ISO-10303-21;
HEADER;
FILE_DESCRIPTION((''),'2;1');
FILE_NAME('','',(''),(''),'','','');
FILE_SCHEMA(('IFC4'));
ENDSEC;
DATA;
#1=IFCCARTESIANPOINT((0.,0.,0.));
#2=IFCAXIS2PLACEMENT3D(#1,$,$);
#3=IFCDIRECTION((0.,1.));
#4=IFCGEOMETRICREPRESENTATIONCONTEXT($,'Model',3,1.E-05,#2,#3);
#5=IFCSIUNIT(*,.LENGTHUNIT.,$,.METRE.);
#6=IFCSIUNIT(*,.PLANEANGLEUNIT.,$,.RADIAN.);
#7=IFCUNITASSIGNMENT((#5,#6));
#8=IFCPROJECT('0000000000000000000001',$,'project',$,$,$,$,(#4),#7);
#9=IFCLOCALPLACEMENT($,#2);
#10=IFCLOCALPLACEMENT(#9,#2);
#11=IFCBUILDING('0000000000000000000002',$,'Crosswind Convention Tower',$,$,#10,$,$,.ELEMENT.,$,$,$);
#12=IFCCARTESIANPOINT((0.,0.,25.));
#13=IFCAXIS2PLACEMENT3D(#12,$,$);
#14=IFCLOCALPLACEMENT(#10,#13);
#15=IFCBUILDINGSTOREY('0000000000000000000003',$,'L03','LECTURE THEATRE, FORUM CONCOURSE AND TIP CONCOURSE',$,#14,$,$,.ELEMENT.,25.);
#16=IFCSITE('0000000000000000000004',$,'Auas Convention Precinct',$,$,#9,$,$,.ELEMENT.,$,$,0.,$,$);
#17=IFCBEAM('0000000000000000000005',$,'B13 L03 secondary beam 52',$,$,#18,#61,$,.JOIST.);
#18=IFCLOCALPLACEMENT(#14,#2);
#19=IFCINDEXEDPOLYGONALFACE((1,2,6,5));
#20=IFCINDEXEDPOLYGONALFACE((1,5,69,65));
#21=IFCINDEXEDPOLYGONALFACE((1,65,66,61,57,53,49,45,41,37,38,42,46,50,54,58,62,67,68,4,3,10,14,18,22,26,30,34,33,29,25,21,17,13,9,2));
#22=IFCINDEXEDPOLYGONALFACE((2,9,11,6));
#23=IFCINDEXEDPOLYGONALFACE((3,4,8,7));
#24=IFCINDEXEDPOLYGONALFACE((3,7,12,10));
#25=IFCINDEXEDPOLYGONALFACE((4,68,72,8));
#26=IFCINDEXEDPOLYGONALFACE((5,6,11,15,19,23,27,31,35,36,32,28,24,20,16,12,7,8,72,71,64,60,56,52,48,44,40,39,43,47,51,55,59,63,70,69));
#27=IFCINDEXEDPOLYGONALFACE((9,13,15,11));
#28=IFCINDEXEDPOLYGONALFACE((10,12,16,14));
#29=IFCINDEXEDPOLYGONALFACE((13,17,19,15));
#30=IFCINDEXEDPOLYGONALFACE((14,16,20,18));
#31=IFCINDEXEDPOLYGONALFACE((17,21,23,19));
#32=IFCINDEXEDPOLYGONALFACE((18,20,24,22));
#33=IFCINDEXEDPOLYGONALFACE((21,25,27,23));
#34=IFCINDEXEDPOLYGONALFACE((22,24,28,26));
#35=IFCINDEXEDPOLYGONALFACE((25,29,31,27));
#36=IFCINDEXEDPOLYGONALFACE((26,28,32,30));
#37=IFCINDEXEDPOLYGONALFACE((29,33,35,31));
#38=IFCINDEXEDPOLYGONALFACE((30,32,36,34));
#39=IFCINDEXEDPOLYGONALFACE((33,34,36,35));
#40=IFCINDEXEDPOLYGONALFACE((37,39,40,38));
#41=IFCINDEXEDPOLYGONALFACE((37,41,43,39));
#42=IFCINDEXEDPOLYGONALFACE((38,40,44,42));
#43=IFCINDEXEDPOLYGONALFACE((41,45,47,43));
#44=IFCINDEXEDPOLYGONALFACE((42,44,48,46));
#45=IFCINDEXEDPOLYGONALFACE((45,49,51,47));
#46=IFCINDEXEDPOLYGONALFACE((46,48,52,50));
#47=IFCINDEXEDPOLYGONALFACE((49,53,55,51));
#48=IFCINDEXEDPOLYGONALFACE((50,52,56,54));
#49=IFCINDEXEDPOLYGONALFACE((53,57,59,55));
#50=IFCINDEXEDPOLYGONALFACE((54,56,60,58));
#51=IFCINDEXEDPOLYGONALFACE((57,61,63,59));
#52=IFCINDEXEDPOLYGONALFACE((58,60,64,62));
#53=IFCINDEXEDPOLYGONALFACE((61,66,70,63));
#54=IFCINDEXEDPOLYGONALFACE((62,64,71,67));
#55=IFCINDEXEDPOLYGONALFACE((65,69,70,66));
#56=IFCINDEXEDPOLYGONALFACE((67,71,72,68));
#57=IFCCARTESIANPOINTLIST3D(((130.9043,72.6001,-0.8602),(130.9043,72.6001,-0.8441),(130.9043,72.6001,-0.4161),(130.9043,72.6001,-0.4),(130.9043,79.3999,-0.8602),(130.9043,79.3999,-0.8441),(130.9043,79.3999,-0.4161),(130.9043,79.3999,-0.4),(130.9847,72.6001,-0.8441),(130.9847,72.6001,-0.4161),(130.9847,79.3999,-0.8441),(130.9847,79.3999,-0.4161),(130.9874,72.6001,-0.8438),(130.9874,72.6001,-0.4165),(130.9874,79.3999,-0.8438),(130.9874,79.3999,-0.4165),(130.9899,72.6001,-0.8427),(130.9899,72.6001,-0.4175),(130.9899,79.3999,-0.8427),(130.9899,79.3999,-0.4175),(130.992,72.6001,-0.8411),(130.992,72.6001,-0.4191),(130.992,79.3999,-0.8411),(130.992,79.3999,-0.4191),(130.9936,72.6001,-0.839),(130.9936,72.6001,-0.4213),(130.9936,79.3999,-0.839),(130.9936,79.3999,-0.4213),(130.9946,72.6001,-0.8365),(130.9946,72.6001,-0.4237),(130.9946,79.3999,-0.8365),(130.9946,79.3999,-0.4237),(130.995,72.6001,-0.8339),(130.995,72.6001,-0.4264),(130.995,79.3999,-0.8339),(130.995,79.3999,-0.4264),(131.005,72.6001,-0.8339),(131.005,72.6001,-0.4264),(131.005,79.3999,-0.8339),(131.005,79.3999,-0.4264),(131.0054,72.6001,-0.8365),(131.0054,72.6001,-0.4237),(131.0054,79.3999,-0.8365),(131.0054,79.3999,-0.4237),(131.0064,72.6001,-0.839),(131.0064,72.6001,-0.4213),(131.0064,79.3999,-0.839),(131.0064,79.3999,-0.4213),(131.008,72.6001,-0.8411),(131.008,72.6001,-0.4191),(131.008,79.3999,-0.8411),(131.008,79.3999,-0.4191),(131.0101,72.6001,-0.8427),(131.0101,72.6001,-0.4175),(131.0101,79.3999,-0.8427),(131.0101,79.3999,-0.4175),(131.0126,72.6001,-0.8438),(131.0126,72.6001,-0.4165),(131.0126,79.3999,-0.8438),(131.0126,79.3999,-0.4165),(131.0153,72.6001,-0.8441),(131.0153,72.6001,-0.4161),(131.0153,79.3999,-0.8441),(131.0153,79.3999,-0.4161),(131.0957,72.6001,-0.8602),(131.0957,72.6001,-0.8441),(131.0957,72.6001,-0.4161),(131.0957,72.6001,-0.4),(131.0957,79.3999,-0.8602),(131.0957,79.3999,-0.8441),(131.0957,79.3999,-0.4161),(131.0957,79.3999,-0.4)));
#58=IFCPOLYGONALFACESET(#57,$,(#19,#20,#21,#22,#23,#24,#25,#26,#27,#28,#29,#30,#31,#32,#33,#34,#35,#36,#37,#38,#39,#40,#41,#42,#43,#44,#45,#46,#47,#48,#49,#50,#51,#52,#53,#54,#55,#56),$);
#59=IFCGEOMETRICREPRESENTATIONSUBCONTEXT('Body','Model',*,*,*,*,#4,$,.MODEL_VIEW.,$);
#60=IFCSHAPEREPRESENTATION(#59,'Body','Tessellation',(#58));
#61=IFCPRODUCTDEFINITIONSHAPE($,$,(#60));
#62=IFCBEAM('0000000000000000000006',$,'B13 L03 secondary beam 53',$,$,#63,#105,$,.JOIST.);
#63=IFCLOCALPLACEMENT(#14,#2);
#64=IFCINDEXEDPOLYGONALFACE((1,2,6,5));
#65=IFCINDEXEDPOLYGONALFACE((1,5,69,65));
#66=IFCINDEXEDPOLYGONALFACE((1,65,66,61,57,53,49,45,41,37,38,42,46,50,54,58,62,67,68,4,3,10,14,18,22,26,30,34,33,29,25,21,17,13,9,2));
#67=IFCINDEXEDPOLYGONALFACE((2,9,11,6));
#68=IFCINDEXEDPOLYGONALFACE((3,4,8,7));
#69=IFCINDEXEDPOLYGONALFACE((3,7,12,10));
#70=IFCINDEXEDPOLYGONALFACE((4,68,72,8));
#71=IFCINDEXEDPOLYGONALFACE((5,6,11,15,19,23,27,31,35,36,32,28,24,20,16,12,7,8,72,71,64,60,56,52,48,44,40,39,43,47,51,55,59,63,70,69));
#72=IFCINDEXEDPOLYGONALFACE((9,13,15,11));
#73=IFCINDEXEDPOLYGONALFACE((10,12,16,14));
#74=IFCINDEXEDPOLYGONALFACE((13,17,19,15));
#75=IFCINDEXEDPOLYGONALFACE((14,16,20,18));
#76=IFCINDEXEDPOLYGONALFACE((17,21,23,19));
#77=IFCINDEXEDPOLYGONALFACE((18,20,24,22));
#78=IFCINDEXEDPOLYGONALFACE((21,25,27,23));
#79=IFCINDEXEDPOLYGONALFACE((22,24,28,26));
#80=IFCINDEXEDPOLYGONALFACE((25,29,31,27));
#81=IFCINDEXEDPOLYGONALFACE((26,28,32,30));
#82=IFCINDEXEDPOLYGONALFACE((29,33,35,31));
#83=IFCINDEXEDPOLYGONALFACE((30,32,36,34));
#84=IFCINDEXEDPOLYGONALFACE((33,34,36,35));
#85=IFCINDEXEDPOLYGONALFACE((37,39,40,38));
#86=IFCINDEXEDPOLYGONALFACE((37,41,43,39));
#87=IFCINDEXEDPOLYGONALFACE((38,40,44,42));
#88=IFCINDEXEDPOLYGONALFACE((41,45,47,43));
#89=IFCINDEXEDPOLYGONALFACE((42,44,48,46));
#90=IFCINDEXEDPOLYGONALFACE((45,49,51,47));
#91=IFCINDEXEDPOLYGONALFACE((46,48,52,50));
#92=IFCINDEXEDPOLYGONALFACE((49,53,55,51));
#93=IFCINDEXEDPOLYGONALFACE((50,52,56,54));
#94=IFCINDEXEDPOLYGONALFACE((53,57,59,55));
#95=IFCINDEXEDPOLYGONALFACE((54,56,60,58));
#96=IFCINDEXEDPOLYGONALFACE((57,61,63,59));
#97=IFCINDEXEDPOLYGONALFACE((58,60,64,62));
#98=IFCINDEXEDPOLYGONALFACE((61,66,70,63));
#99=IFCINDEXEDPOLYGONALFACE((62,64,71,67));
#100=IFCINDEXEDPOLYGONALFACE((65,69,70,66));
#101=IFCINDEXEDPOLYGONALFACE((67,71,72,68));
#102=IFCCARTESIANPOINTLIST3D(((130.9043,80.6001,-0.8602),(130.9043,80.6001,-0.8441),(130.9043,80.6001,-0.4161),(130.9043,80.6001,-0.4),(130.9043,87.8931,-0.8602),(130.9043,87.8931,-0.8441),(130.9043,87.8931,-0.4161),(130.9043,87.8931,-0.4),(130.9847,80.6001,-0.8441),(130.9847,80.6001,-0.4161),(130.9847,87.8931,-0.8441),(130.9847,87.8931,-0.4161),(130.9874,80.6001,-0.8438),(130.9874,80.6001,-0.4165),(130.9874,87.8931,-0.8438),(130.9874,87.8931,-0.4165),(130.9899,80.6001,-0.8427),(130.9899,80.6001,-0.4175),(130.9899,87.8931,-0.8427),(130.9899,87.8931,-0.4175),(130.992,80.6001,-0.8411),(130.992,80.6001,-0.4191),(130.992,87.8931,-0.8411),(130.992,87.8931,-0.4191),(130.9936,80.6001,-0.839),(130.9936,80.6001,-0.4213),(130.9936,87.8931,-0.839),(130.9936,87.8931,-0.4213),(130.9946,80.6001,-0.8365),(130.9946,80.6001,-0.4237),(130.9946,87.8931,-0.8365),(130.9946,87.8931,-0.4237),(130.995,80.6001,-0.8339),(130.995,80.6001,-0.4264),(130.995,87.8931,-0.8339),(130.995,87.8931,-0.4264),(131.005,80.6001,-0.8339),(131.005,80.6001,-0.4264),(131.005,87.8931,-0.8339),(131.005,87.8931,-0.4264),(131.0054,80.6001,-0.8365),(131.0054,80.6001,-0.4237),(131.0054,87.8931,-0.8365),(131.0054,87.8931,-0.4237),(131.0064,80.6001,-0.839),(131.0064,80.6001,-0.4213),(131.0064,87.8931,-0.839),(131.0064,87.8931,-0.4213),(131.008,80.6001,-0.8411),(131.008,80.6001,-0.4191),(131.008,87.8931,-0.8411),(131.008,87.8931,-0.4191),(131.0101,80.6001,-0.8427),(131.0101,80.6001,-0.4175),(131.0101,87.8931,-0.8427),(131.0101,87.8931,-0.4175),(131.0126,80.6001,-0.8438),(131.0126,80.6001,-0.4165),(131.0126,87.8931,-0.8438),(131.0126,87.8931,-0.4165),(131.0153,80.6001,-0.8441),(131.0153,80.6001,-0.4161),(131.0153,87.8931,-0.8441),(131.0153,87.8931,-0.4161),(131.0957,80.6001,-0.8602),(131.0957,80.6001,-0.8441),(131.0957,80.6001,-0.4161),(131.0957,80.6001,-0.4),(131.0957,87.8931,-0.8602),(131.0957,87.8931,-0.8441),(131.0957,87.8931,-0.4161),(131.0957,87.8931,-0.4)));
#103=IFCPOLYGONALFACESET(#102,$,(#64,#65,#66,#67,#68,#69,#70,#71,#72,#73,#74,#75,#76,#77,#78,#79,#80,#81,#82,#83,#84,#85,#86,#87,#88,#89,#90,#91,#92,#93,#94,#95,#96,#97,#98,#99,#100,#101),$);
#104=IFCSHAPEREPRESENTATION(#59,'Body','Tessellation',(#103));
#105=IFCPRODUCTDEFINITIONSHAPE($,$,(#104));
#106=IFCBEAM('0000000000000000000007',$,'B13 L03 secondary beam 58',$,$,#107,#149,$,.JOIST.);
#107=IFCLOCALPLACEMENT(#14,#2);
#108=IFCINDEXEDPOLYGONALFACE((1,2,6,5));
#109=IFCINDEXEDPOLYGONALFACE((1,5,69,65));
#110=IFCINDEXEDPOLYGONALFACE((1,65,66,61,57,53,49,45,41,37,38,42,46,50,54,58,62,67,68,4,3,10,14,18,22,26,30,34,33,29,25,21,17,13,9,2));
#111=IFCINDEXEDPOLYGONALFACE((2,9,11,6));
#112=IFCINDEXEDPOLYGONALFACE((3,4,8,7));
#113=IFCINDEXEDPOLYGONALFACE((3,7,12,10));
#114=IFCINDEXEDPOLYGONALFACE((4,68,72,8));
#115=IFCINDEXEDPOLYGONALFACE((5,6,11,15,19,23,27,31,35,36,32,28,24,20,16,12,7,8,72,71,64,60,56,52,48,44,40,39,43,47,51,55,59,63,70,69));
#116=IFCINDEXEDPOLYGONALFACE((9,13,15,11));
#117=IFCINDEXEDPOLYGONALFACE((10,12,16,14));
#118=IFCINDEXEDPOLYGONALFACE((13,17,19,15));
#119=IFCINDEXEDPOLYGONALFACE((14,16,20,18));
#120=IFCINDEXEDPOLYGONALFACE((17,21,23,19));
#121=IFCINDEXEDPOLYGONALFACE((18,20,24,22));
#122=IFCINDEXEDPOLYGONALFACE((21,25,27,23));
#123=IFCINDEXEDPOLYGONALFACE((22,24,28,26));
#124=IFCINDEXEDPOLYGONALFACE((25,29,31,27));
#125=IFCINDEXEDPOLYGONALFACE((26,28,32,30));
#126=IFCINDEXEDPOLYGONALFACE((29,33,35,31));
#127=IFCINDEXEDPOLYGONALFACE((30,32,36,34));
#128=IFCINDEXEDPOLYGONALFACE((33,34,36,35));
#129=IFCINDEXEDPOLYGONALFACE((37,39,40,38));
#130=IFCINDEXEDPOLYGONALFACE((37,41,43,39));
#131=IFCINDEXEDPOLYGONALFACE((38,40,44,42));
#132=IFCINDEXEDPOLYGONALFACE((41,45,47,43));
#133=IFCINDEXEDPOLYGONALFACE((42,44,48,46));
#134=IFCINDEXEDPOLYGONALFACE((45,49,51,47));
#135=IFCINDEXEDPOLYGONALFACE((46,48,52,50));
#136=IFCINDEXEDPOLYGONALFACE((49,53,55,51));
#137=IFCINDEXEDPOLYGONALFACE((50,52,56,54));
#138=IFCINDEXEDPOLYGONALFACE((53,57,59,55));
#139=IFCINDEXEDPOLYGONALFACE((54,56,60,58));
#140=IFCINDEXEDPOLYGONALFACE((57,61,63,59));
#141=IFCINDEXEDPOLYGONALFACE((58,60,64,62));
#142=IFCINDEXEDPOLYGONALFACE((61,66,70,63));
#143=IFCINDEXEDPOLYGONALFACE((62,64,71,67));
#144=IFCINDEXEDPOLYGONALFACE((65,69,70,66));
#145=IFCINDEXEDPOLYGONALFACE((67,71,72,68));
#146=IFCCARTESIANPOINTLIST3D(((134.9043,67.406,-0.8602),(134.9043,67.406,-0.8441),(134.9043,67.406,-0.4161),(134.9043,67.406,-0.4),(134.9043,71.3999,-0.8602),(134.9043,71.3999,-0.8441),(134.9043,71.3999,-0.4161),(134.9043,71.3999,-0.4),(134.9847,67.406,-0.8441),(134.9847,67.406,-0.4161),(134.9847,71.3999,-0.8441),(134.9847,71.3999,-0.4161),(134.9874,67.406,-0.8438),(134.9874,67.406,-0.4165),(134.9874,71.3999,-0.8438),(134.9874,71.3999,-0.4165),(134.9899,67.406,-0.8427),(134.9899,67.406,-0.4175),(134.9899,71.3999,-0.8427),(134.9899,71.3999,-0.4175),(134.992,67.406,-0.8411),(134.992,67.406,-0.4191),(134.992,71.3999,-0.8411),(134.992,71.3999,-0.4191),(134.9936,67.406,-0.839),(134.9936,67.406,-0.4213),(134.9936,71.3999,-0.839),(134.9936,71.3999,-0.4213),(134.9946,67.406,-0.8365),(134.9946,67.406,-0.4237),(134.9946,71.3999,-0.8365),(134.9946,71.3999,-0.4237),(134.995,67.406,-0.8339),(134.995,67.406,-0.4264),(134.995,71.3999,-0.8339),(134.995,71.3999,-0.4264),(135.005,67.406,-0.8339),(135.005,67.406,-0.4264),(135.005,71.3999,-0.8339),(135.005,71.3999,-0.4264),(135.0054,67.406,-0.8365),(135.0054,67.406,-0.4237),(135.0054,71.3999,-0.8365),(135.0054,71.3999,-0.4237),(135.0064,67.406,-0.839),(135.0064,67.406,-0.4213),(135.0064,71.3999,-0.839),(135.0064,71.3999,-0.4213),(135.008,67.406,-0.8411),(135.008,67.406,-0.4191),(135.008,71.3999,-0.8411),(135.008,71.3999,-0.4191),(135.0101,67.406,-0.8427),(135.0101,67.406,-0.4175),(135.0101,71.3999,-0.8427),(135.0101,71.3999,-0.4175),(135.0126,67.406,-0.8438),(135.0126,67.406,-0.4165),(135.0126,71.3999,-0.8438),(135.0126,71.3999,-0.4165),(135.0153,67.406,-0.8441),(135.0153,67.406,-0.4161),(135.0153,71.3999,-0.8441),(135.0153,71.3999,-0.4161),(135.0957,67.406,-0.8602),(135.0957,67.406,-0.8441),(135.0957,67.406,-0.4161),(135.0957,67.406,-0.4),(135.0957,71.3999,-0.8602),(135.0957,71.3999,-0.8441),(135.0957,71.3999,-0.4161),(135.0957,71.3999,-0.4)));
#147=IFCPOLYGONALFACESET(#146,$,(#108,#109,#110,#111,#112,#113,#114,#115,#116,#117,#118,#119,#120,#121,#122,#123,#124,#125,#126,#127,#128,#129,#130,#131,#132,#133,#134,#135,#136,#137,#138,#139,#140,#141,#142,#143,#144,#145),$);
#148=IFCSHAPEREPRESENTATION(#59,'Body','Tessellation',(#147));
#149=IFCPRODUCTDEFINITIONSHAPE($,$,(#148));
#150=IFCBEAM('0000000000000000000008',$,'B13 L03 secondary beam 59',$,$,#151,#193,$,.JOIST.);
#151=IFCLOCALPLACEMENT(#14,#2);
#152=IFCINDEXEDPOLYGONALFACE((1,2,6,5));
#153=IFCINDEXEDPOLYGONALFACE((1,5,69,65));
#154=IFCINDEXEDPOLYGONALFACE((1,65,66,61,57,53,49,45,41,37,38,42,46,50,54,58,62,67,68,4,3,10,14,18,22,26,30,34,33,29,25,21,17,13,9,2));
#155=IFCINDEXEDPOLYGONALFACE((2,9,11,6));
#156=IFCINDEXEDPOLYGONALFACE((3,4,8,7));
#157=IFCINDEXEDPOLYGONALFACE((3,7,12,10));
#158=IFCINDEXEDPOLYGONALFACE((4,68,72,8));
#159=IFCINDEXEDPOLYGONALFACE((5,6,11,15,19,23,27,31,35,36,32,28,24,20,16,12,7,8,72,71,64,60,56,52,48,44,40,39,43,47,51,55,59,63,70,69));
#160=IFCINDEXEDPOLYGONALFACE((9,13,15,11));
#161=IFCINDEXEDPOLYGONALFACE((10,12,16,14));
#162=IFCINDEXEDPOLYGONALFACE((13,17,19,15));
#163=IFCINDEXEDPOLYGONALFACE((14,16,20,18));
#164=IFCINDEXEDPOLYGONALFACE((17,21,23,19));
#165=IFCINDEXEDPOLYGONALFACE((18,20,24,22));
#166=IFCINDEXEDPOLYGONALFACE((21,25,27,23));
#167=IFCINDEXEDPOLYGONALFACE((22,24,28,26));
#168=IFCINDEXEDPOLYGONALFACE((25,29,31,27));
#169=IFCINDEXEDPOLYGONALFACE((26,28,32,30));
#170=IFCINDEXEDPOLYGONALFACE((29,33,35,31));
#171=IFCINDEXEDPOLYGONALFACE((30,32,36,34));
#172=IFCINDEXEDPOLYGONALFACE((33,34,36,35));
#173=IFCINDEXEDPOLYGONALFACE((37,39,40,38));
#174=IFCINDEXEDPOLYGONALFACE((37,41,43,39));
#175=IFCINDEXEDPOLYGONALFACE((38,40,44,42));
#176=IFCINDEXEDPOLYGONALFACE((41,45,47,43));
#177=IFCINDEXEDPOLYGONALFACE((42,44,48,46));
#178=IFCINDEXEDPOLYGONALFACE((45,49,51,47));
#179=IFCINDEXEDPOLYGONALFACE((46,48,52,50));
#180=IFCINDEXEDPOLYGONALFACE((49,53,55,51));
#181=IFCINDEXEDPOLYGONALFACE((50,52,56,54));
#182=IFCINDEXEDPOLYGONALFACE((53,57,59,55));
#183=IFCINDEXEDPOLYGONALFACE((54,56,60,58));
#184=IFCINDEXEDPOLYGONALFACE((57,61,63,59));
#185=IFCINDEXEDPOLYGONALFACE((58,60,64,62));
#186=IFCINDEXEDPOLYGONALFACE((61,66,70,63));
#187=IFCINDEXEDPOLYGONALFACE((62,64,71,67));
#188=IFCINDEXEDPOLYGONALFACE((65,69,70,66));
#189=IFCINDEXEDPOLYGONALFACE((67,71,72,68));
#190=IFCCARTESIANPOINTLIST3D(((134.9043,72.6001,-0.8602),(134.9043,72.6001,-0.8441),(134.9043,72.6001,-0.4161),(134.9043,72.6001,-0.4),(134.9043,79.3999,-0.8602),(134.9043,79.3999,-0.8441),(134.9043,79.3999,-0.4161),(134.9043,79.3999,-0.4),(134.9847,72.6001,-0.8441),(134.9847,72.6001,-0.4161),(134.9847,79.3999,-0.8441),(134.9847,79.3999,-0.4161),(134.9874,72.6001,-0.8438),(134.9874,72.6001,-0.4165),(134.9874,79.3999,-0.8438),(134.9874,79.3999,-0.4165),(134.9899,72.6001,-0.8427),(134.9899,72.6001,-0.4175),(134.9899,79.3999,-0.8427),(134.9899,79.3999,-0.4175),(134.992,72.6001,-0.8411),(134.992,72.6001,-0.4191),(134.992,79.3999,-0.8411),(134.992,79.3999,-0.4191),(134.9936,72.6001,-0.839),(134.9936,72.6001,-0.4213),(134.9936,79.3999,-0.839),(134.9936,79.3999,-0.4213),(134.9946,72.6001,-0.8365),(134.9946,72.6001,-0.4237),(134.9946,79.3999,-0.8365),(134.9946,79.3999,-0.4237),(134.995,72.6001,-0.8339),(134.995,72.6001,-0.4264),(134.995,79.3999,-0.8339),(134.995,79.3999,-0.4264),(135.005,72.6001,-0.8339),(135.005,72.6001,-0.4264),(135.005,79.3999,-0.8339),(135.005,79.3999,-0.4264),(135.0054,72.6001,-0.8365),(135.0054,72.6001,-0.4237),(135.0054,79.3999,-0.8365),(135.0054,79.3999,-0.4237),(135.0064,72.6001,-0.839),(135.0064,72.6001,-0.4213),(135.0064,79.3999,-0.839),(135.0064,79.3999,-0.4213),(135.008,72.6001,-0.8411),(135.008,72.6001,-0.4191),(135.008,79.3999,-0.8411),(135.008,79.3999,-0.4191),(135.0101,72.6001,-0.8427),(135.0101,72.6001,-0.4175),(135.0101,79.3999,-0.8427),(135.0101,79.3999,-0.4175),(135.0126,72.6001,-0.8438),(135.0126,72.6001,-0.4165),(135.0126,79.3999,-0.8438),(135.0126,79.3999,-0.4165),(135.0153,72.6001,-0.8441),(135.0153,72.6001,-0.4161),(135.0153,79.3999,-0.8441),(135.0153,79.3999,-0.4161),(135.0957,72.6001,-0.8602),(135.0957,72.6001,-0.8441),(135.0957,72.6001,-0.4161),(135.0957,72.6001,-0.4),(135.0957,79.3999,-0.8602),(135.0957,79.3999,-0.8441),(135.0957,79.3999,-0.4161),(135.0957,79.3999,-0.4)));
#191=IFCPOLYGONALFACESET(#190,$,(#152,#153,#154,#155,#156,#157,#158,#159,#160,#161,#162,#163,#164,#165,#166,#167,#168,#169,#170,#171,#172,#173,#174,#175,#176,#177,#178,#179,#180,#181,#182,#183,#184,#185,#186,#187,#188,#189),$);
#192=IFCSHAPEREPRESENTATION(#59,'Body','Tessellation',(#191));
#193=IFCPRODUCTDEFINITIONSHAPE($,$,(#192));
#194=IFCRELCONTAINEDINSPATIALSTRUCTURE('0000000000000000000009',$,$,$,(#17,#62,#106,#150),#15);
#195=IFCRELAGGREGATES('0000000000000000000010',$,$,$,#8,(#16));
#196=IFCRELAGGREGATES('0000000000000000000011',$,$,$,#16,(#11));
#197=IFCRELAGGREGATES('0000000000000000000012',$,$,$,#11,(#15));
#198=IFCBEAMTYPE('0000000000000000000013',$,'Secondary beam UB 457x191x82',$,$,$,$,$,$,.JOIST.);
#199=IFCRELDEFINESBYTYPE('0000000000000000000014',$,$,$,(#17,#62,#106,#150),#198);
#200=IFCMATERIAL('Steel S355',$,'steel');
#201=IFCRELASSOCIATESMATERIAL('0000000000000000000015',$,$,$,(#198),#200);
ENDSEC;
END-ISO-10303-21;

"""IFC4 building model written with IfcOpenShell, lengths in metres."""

from ifc_helpers import new_model, si_unit, direction, frame, origin, origin_2d, place, context, subcontext, project, spatial, i_section, extrude, material, material_profile, profile_set, type_object, element, save


model = new_model("IFC4")

# Units and contexts
model_context = context("Model", 3, precision=1e-05, world=origin(), true_north=direction((0.0, 1.0)))
body_context = subcontext(model_context, "Body", "Model", "MODEL_VIEW")
ifc_project = project(units=[si_unit("LENGTHUNIT", "METRE"), si_unit("PLANEANGLEUNIT", "RADIAN")], contexts=[model_context])

# Site, building, storey
site_placement = place(None, origin())
site = spatial("IfcSite", under=ifc_project, at=site_placement, Name="Auas Convention Precinct", CompositionType="ELEMENT", RefElevation=0.0)
building_placement = place(site_placement, origin())
building = spatial("IfcBuilding", under=site, at=building_placement, Name="Crosswind Convention Tower", CompositionType="ELEMENT")
storey_placement = place(building_placement, frame((0.0, 0.0, 25.0)))
storey = spatial("IfcBuildingStorey", under=building, at=storey_placement, Name="L03", Description="LECTURE THEATRE, FORUM CONCOURSE AND TIP CONCOURSE", CompositionType="ELEMENT", Elevation=25.0)

# Shared definitions
ifc_material_1 = material(Name="Steel S355", Category="steel")

# Beams
ifc_material_profile_1 = material_profile(ifc_material_1, i_section(OverallWidth=0.1914, OverallDepth=0.4602, WebThickness=0.01, FlangeThickness=0.0161, FilletRadius=0.0103, at=origin_2d()), Name="UB 457x191x82")
ifc_profile_set_1 = profile_set([ifc_material_profile_1], Name="Steel S355")
beam_type_1 = type_object("IfcBeamType", Name="Secondary beam UB 457x191x82", PredefinedType="JOIST", material=ifc_profile_set_1)
beam_1_placement = place(storey_placement, frame((131.0, 72.6001, -0.6301), z_axis=(0.0, 1.0, 0.0), x_axis=(-1.0, 0.0, 0.0)))
element("IfcBeam", 1, at=beam_1_placement, inside=storey, type_object=beam_type_1, Name="B13 L03 secondary beam 52", PredefinedType="JOIST", context=body_context, shape_type="SweptSolid", body=[
    extrude(i_section(OverallWidth=0.1914, OverallDepth=0.4602, WebThickness=0.01, FlangeThickness=0.0161, FilletRadius=0.0103, at=origin_2d()), origin(), (0.0, 0.0, 1.0), 6.7998),
])
beam_2_placement = place(storey_placement, frame((131.0, 80.6001, -0.6301), z_axis=(0.0, 1.0, 0.0), x_axis=(-1.0, 0.0, 0.0)))
element("IfcBeam", 2, at=beam_2_placement, inside=storey, type_object=beam_type_1, Name="B13 L03 secondary beam 53", PredefinedType="JOIST", context=body_context, shape_type="SweptSolid", body=[
    extrude(i_section(OverallWidth=0.1914, OverallDepth=0.4602, WebThickness=0.01, FlangeThickness=0.0161, FilletRadius=0.0103, at=origin_2d()), origin(), (0.0, 0.0, 1.0), 7.293),
])
beam_3_placement = place(storey_placement, frame((135.0, 67.406, -0.6301), z_axis=(0.0, 1.0, 0.0), x_axis=(-1.0, 0.0, 0.0)))
element("IfcBeam", 3, at=beam_3_placement, inside=storey, type_object=beam_type_1, Name="B13 L03 secondary beam 58", PredefinedType="JOIST", context=body_context, shape_type="SweptSolid", body=[
    extrude(i_section(OverallWidth=0.1914, OverallDepth=0.4602, WebThickness=0.01, FlangeThickness=0.0161, FilletRadius=0.0103, at=origin_2d()), origin(), (0.0, 0.0, 1.0), 3.9939),
])
beam_4_placement = place(storey_placement, frame((135.0, 72.6001, -0.6301), z_axis=(0.0, 1.0, 0.0), x_axis=(-1.0, 0.0, 0.0)))
element("IfcBeam", 4, at=beam_4_placement, inside=storey, type_object=beam_type_1, Name="B13 L03 secondary beam 59", PredefinedType="JOIST", context=body_context, shape_type="SweptSolid", body=[
    extrude(i_section(OverallWidth=0.1914, OverallDepth=0.4602, WebThickness=0.01, FlangeThickness=0.0161, FilletRadius=0.0103, at=origin_2d()), origin(), (0.0, 0.0, 1.0), 6.7998),
])

save(model, "model.ifc")
